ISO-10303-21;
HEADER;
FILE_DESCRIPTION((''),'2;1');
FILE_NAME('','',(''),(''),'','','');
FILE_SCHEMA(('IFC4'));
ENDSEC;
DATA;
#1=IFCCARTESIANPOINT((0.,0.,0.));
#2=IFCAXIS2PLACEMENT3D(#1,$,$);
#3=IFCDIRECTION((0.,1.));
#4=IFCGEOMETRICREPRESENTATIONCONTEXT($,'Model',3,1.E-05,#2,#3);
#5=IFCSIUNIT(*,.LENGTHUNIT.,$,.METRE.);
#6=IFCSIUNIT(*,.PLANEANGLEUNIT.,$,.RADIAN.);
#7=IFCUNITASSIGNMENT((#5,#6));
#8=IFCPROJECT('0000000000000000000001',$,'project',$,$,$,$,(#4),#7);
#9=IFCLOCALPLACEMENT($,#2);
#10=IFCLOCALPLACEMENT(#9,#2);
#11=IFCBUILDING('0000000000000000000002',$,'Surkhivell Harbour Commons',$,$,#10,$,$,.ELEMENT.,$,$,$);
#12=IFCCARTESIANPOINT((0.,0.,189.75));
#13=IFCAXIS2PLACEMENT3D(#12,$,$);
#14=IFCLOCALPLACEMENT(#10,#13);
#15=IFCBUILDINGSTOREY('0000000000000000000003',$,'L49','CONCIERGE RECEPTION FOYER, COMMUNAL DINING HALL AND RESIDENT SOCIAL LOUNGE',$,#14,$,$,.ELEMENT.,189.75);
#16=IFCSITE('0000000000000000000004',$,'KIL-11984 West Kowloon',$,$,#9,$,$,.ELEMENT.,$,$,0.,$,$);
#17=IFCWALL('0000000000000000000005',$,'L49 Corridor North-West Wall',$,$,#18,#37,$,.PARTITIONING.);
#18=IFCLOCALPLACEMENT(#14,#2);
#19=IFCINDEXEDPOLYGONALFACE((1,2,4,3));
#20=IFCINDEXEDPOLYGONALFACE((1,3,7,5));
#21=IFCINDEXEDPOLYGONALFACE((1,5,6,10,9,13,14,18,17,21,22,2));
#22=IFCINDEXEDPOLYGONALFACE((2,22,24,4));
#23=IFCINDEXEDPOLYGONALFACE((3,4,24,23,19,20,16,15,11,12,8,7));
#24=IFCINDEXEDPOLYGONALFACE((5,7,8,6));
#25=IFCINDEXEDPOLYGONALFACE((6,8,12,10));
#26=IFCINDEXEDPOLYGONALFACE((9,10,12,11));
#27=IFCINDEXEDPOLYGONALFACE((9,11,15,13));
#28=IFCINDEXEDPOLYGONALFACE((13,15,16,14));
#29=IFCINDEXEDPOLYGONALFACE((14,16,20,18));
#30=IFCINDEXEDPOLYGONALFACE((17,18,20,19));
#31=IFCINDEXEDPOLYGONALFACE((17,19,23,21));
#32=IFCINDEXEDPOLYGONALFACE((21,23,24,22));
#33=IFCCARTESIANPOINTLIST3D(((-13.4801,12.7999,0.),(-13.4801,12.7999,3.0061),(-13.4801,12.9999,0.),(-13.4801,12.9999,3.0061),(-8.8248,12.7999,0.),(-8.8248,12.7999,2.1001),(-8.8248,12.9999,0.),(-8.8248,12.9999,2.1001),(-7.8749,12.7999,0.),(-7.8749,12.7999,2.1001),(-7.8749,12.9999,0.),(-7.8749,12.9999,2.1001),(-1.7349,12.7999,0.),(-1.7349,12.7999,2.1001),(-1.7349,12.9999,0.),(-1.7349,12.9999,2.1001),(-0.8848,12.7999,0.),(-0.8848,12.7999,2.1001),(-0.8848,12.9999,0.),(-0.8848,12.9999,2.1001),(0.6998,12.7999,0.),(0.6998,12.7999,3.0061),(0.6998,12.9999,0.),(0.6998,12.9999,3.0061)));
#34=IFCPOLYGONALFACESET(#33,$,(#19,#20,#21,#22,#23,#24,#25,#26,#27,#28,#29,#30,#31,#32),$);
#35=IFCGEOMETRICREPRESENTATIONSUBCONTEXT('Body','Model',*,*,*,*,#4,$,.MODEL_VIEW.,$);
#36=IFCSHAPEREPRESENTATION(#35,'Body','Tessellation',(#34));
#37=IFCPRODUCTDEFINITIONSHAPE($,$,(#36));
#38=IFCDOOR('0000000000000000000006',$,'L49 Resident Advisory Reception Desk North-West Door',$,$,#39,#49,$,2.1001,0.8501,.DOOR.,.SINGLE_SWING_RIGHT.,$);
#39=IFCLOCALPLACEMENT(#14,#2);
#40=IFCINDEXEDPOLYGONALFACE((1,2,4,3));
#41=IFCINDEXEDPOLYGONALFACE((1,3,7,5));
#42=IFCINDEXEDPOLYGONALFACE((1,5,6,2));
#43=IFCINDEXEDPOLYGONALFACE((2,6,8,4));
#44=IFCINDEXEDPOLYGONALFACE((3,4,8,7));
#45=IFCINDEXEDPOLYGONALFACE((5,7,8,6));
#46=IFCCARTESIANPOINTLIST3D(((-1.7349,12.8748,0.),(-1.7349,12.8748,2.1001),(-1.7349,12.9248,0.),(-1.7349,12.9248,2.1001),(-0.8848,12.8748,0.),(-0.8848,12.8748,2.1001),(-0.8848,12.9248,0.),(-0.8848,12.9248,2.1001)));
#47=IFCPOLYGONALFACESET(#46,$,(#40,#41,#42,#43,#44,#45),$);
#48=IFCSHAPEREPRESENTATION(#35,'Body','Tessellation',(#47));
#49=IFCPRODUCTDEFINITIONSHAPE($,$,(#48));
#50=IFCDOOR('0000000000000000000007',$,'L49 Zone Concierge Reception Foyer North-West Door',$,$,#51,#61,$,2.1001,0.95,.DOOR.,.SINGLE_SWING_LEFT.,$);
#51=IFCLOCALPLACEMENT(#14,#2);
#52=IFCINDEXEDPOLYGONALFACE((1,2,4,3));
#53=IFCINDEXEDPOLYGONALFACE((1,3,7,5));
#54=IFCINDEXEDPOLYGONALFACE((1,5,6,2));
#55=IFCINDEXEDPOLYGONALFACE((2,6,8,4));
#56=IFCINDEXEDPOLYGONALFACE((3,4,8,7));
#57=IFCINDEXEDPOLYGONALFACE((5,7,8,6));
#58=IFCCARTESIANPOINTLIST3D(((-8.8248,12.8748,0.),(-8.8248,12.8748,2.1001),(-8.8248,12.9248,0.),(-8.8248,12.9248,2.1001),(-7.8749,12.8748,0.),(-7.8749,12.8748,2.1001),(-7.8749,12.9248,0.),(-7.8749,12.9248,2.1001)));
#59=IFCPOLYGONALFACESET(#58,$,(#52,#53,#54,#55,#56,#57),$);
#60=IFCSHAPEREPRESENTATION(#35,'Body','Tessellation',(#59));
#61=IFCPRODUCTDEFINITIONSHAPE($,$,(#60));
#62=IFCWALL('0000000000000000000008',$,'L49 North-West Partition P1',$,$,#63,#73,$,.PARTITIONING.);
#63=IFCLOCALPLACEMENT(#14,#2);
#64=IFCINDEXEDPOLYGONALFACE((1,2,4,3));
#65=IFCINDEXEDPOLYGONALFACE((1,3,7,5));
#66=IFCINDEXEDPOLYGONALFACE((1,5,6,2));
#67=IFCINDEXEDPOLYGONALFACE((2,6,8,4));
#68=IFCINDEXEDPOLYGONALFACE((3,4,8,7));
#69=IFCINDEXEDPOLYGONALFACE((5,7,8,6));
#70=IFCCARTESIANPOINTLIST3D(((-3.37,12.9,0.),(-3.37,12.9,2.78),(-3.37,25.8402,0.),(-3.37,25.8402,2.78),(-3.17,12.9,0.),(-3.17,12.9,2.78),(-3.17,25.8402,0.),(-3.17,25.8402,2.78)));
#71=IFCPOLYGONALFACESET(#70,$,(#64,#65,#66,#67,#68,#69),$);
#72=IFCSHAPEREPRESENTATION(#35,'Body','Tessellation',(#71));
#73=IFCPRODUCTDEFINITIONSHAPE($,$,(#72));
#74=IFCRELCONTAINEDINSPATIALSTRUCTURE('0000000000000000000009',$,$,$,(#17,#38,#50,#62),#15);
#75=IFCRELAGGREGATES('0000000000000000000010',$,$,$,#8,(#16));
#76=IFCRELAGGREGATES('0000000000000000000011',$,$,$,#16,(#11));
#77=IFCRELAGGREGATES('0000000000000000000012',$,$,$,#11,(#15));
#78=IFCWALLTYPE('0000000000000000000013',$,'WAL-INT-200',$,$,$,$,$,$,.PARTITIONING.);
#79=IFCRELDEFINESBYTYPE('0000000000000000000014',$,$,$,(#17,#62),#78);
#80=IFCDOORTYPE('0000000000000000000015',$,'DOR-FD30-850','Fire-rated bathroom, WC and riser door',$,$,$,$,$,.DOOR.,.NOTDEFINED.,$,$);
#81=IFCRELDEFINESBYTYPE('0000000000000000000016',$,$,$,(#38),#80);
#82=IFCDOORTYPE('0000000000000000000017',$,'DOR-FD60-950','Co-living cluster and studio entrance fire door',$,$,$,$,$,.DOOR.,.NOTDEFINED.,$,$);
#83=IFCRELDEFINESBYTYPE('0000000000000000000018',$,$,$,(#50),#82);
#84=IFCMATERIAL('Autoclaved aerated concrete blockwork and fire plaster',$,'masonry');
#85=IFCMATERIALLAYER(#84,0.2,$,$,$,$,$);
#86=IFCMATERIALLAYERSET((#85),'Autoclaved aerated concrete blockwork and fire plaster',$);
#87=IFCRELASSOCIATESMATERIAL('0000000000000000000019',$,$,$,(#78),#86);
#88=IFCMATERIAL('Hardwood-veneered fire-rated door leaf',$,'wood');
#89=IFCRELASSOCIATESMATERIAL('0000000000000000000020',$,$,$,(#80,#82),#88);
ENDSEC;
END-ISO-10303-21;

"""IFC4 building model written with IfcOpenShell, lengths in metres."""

from ifc_helpers import new_model, si_unit, direction, frame, frame_2d, origin, place, context, subcontext, project, spatial, rectangle, extrude, material, layer, layer_set, type_object, element, fill, save


model = new_model("IFC4")

# Units and contexts
model_context = context("Model", 3, precision=1e-05, world=origin(), true_north=direction((0.0, 1.0)))
body_context = subcontext(model_context, "Body", "Model", "MODEL_VIEW")
ifc_project = project(units=[si_unit("LENGTHUNIT", "METRE"), si_unit("PLANEANGLEUNIT", "RADIAN")], contexts=[model_context])

# Site, building, storey
site_placement = place(None, origin())
site = spatial("IfcSite", under=ifc_project, at=site_placement, Name="KIL-11984 West Kowloon", CompositionType="ELEMENT", RefElevation=0.0)
building_placement = place(site_placement, origin())
building = spatial("IfcBuilding", under=site, at=building_placement, Name="Surkhivell Harbour Commons", CompositionType="ELEMENT")
storey_placement = place(building_placement, frame((0.0, 0.0, 189.75)))
storey = spatial("IfcBuildingStorey", under=building, at=storey_placement, Name="L49", Description="CONCIERGE RECEPTION FOYER, COMMUNAL DINING HALL AND RESIDENT SOCIAL LOUNGE", CompositionType="ELEMENT", Elevation=189.75)

# Shared definitions
ifc_material_1 = material(Name="Autoclaved aerated concrete blockwork and fire plaster", Category="masonry")
ifc_layer_1 = layer(ifc_material_1, 0.2)
ifc_layer_set_1 = layer_set([ifc_layer_1], Name="Autoclaved aerated concrete blockwork and fire plaster")
wall_type = type_object("IfcWallType", Name="WAL-INT-200", PredefinedType="PARTITIONING", material=ifc_layer_set_1)

# Wall, openings, doors
wall_1_placement = place(storey_placement, frame((-13.48, 12.8999, 0.0), z_axis=(0.0, 0.0, 1.0), x_axis=(1.0, 0.0, 0.0)))
wall_1 = element("IfcWall", 1, at=wall_1_placement, inside=storey, type_object=wall_type, Name="L49 Corridor North-West Wall", PredefinedType="PARTITIONING", context=body_context, shape_type="SweptSolid", body=[
    extrude(rectangle(XDim=14.1799, YDim=0.2, at=frame_2d((7.0898, 0.0))), origin(), (0.0, 0.0, 1.0), 3.0061),
])
opening_1_placement = place(wall_1_placement, frame((4.655, 0.0, 0.0)))
opening_1 = element("IfcOpeningElement", 2, at=opening_1_placement, cuts=wall_1, PredefinedType="OPENING", context=body_context, shape_type="SweptSolid", body=[
    extrude(rectangle(XDim=0.95, YDim=2.1001, at=frame_2d((0.4751, 1.05))), frame((0.0, 0.1099, 0.0), z_axis=(0.0, -1.0, 0.0), x_axis=(1.0, 0.0, 0.0)), (0.0, 0.0, 1.0), 0.22),
])
opening_2_placement = place(wall_1_placement, frame((11.7451, 0.0, 0.0)))
opening_2 = element("IfcOpeningElement", 3, at=opening_2_placement, cuts=wall_1, PredefinedType="OPENING", context=body_context, shape_type="SweptSolid", body=[
    extrude(rectangle(XDim=0.8501, YDim=2.1001, at=frame_2d((0.425, 1.05))), frame((0.0, 0.1099, 0.0), z_axis=(0.0, -1.0, 0.0), x_axis=(1.0, 0.0, 0.0)), (0.0, 0.0, 1.0), 0.22),
])
ifc_material_2 = material(Name="Hardwood-veneered fire-rated door leaf", Category="wood")
door_type_1 = type_object("IfcDoorType", Name="DOR-FD30-850", Description="Fire-rated bathroom, WC and riser door", OperationType="NOTDEFINED", PredefinedType="DOOR", material=ifc_material_2)
door_1_placement = place(opening_2_placement, origin())
door_1 = element("IfcDoor", 4, at=door_1_placement, inside=storey, type_object=door_type_1, Name="L49 Resident Advisory Reception Desk North-West Door", OperationType="SINGLE_SWING_RIGHT", OverallHeight=2.1001, OverallWidth=0.8501, PredefinedType="DOOR", context=body_context, shape_type="SweptSolid", body=[
    extrude(rectangle(XDim=0.8501, YDim=2.1001, at=frame_2d((0.425, 1.05))), frame((0.0, 0.0249, 0.0), z_axis=(0.0, -1.0, 0.0), x_axis=(1.0, 0.0, 0.0)), (0.0, 0.0, 1.0), 0.05),
])
fill(opening_2, door_1)
door_type_2 = type_object("IfcDoorType", Name="DOR-FD60-950", Description="Co-living cluster and studio entrance fire door", OperationType="NOTDEFINED", PredefinedType="DOOR", material=ifc_material_2)
door_2_placement = place(opening_1_placement, origin())
door_2 = element("IfcDoor", 5, at=door_2_placement, inside=storey, type_object=door_type_2, Name="L49 Zone Concierge Reception Foyer North-West Door", OperationType="SINGLE_SWING_LEFT", OverallHeight=2.1001, OverallWidth=0.95, PredefinedType="DOOR", context=body_context, shape_type="SweptSolid", body=[
    extrude(rectangle(XDim=0.95, YDim=2.1001, at=frame_2d((0.4751, 1.05))), frame((0.0, 0.0249, 0.0), z_axis=(0.0, -1.0, 0.0), x_axis=(1.0, 0.0, 0.0)), (0.0, 0.0, 1.0), 0.05),
])
fill(opening_1, door_2)

# Wall
wall_2_placement = place(storey_placement, frame((-3.27, 12.8999, 0.0), z_axis=(0.0, 0.0, 1.0), x_axis=(0.0, 1.0, 0.0)))
element("IfcWall", 6, at=wall_2_placement, inside=storey, type_object=wall_type, Name="L49 North-West Partition P1", PredefinedType="PARTITIONING", context=body_context, shape_type="SweptSolid", body=[
    extrude(rectangle(XDim=12.9402, YDim=0.2, at=frame_2d((6.4702, 0.0))), origin(), (0.0, 0.0, 1.0), 2.78),
])

save(model, "model.ifc")
